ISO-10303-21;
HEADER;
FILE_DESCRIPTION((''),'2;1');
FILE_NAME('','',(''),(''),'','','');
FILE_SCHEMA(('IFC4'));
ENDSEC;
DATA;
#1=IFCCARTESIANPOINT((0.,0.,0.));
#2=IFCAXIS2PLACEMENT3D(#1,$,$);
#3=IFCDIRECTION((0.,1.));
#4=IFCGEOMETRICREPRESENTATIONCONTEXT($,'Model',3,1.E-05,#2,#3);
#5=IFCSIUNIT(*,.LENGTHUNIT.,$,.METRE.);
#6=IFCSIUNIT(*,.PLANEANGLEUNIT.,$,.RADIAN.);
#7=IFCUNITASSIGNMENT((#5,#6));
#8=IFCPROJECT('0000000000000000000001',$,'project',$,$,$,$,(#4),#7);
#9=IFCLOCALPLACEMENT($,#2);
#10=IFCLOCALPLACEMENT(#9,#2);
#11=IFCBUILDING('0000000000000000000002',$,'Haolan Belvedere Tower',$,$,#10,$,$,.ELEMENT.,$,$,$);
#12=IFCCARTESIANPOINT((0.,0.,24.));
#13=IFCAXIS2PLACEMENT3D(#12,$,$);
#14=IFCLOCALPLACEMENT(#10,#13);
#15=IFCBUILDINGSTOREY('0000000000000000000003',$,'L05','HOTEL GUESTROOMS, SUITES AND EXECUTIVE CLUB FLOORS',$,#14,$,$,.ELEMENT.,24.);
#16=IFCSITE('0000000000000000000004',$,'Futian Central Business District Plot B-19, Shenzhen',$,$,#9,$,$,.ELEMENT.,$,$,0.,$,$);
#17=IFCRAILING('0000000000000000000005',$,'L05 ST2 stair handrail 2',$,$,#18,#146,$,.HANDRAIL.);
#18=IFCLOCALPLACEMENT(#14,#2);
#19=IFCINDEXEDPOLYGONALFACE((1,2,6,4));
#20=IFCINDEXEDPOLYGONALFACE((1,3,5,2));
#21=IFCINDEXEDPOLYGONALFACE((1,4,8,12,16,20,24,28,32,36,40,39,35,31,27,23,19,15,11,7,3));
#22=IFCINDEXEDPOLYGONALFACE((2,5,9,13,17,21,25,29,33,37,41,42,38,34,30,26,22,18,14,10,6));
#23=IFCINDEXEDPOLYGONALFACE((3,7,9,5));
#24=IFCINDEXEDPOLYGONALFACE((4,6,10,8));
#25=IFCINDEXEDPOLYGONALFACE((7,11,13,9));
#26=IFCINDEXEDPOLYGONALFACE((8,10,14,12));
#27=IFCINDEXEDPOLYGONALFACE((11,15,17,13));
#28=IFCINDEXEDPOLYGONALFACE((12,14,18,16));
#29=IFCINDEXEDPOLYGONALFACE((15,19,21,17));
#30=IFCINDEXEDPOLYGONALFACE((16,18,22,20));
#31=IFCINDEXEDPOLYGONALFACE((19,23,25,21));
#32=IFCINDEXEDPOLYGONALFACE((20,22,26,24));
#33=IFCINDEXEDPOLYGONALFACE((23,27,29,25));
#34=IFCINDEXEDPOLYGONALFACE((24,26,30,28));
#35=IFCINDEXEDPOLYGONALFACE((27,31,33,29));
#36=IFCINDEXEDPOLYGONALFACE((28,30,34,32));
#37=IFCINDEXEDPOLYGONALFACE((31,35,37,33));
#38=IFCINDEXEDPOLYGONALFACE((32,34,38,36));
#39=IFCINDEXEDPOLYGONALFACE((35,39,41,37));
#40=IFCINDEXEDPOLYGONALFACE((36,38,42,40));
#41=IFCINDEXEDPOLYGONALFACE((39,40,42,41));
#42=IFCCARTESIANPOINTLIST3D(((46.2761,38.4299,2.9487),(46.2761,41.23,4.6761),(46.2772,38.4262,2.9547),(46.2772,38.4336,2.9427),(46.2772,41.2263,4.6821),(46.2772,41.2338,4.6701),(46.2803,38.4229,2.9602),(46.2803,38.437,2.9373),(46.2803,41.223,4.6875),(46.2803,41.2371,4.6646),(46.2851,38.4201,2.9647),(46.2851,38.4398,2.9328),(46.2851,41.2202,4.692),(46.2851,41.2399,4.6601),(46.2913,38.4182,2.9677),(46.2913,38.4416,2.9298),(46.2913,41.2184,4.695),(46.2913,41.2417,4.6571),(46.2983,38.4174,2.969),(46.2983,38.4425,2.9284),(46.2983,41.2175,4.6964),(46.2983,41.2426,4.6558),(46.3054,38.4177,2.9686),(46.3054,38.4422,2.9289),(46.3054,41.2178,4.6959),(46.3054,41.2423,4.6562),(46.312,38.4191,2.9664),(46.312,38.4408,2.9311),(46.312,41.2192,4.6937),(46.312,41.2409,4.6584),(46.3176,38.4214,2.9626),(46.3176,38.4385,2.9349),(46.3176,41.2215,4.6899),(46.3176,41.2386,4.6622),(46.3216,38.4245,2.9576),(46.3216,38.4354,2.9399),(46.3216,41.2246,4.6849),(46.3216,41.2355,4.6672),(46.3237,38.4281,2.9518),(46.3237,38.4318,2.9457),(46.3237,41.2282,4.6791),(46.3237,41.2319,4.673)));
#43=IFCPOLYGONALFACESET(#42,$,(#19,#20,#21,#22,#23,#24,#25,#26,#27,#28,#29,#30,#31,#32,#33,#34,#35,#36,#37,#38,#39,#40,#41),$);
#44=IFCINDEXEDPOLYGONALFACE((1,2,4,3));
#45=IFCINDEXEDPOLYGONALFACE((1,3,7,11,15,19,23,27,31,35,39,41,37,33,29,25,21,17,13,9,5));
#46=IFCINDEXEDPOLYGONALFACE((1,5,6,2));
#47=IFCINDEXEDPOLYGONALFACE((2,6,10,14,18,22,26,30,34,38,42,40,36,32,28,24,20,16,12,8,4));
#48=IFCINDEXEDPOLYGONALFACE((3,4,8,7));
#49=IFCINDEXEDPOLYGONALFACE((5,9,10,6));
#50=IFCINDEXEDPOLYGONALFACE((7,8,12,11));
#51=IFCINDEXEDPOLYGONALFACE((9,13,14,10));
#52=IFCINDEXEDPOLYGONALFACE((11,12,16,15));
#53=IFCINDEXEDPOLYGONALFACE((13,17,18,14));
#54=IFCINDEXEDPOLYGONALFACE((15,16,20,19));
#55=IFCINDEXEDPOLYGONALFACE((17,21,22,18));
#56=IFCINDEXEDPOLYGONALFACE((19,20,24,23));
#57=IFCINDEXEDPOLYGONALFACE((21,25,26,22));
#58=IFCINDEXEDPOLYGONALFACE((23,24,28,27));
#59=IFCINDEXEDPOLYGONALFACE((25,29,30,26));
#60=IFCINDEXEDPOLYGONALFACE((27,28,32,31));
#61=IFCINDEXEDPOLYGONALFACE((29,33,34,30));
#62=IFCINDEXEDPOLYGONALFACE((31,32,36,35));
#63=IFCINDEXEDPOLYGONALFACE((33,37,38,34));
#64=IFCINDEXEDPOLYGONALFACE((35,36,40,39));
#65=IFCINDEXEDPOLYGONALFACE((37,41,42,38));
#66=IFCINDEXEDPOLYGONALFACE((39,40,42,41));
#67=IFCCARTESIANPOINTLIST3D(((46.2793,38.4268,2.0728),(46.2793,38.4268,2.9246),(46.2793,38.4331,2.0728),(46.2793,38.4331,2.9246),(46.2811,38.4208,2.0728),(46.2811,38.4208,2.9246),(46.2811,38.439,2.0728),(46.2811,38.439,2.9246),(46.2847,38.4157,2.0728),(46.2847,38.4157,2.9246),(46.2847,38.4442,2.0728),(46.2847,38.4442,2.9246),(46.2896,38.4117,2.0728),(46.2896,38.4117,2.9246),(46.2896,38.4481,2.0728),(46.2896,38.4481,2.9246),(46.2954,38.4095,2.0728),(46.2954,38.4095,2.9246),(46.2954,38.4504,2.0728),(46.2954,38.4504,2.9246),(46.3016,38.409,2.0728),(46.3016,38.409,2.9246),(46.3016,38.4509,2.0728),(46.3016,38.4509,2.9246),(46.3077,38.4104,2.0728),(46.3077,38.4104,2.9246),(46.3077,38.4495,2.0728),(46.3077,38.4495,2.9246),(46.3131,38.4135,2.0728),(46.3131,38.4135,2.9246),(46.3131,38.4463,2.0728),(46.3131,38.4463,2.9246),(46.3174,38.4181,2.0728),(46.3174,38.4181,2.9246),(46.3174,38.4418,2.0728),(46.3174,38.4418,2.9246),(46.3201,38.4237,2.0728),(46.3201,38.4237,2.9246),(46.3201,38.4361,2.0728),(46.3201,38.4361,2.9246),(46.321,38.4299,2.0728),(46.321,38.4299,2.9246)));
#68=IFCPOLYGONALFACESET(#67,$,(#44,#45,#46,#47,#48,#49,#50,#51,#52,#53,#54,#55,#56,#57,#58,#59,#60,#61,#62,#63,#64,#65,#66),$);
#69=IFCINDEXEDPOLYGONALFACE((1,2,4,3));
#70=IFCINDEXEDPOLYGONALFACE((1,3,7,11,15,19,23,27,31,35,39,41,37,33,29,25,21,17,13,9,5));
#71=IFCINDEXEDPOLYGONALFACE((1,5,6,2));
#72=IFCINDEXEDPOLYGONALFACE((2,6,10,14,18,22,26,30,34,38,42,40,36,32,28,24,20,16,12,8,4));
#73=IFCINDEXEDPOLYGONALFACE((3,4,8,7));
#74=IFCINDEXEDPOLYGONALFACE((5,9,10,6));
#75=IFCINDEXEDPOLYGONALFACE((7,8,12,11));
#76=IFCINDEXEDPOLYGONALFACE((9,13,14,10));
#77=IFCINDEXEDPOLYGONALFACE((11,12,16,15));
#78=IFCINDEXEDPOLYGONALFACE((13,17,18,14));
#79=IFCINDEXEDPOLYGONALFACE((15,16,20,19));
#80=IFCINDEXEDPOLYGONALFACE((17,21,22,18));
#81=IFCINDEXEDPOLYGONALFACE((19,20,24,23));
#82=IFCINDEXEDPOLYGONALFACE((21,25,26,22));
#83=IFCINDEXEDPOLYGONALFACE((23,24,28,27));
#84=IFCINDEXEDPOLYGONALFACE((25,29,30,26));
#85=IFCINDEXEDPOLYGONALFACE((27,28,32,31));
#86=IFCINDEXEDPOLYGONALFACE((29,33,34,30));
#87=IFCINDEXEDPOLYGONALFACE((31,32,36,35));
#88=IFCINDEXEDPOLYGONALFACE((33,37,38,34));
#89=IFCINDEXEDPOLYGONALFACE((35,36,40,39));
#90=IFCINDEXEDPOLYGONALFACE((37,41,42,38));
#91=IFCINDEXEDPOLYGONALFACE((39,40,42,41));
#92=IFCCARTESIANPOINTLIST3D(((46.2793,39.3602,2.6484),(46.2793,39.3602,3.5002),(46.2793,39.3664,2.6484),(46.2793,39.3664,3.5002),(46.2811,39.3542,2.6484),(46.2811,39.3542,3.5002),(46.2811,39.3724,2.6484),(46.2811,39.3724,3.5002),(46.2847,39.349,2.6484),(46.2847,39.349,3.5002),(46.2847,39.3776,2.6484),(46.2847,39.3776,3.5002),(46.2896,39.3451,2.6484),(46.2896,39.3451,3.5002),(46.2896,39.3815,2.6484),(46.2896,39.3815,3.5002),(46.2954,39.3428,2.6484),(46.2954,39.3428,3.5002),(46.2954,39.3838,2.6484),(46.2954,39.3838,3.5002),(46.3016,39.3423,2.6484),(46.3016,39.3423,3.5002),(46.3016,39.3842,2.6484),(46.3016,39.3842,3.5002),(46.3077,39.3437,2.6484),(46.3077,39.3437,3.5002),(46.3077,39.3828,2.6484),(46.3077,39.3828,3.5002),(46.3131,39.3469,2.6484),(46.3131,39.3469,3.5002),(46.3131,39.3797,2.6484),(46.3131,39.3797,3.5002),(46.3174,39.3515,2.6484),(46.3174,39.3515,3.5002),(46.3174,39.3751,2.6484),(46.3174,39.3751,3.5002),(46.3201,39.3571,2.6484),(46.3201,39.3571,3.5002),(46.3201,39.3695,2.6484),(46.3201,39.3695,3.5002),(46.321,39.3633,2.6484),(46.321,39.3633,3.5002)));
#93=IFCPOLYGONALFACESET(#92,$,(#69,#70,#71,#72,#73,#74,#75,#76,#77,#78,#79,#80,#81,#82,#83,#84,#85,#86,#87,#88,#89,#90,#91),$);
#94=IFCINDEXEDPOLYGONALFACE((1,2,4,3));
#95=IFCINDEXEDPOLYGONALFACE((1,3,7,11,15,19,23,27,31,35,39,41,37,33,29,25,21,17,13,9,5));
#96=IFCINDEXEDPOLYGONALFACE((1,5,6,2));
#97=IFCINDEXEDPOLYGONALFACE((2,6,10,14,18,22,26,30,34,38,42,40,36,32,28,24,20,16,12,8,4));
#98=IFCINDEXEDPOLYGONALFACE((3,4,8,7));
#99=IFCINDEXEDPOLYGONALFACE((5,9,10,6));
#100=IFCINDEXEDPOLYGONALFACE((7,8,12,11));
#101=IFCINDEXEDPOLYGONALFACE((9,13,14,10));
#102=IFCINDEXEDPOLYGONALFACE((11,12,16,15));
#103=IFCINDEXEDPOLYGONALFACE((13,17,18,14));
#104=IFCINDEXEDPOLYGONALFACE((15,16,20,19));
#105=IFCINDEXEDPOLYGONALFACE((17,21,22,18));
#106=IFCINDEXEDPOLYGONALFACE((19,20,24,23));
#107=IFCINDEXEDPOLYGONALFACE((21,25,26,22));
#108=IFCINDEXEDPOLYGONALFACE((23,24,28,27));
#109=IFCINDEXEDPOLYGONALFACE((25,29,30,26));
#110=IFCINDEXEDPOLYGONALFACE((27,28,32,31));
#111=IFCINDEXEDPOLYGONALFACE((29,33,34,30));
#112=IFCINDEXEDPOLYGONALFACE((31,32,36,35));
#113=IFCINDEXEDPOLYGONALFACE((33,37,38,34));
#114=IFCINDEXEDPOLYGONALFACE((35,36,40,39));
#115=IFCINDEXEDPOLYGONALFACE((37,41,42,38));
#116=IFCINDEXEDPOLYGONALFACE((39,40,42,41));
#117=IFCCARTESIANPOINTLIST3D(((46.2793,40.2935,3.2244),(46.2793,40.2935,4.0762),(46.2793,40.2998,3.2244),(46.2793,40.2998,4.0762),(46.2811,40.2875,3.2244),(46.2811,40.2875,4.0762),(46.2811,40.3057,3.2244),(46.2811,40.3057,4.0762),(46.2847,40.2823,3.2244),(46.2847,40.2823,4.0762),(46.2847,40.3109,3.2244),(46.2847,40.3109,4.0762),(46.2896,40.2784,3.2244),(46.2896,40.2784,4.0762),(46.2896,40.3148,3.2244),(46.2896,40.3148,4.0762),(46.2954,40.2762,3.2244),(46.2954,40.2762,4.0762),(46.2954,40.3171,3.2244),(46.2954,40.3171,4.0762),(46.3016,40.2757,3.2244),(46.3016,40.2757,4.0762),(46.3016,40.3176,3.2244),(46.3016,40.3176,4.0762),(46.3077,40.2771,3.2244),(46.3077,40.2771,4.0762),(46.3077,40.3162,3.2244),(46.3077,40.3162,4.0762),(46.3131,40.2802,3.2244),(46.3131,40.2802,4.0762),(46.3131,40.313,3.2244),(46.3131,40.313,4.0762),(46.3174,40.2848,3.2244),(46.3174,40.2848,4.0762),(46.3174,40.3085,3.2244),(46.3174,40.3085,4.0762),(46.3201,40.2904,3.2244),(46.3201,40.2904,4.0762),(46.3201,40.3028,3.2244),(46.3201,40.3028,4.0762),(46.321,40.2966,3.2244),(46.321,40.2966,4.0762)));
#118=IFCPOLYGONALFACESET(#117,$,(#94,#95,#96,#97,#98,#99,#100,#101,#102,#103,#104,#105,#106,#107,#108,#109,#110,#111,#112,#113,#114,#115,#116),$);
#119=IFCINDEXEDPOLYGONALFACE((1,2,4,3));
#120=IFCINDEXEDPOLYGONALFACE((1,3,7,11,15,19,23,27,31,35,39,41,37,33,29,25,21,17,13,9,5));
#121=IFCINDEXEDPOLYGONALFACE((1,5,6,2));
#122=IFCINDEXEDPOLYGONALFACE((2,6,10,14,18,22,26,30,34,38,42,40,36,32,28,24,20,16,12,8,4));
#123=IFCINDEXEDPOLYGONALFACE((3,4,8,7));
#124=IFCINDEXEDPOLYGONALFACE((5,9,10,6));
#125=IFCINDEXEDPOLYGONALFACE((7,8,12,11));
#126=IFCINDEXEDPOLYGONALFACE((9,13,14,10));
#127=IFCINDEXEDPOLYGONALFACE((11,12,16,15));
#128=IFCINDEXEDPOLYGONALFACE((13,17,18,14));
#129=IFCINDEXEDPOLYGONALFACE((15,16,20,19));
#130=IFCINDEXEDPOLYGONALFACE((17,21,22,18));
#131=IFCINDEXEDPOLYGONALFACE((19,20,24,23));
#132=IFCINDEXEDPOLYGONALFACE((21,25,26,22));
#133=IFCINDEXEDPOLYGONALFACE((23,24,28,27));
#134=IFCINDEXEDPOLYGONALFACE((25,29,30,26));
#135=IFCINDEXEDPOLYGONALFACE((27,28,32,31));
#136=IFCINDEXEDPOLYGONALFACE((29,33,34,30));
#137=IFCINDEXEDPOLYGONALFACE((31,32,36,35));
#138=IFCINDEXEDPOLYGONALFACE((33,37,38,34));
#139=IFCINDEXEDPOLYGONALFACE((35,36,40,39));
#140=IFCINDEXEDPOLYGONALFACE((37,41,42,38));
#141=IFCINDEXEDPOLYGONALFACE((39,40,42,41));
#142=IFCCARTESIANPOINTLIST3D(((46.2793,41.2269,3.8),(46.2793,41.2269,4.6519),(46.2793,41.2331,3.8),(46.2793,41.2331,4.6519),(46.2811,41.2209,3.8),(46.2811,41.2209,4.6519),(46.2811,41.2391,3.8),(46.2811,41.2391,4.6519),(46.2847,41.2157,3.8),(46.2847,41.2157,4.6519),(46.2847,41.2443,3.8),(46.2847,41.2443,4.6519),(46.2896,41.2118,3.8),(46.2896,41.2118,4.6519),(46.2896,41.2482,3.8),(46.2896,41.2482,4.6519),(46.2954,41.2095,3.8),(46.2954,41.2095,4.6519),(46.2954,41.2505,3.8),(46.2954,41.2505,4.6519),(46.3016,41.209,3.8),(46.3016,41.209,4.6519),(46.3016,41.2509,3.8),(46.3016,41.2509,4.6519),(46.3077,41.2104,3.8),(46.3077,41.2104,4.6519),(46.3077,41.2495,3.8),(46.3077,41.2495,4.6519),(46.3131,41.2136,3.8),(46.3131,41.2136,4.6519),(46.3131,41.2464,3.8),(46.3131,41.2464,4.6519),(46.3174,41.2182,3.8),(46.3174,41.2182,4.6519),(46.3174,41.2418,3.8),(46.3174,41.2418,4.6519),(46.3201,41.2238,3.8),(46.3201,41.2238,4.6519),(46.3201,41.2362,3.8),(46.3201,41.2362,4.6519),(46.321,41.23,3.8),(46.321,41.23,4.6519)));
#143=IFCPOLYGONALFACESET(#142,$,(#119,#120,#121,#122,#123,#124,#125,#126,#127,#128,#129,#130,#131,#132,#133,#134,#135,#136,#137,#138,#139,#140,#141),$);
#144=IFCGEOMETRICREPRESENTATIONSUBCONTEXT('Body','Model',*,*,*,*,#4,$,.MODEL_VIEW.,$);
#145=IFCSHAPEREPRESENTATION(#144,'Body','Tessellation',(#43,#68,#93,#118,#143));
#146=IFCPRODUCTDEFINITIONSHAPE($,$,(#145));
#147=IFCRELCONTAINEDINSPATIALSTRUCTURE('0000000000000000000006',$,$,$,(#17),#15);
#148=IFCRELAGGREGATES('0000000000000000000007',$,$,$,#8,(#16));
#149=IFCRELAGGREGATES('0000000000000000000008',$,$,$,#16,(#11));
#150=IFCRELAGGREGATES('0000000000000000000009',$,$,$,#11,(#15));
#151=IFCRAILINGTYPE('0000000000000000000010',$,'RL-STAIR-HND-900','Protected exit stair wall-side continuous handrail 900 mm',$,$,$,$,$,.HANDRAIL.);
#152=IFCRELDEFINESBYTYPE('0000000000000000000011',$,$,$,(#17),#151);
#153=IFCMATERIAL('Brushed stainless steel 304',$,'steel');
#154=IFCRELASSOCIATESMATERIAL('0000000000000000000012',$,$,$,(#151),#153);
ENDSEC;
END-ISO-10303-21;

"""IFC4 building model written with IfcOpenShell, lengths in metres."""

from ifc_helpers import new_model, si_unit, direction, frame, origin, origin_2d, place, context, subcontext, project, spatial, circle, extrude, material, type_object, element, save


model = new_model("IFC4")

# Units and contexts
model_context = context("Model", 3, precision=1e-05, world=origin(), true_north=direction((0.0, 1.0)))
body_context = subcontext(model_context, "Body", "Model", "MODEL_VIEW")
ifc_project = project(units=[si_unit("LENGTHUNIT", "METRE"), si_unit("PLANEANGLEUNIT", "RADIAN")], contexts=[model_context])

# Site, building, storey
site_placement = place(None, origin())
site = spatial("IfcSite", under=ifc_project, at=site_placement, Name="Futian Central Business District Plot B-19, Shenzhen", CompositionType="ELEMENT", RefElevation=0.0)
building_placement = place(site_placement, origin())
building = spatial("IfcBuilding", under=site, at=building_placement, Name="Haolan Belvedere Tower", CompositionType="ELEMENT")
storey_placement = place(building_placement, frame((0.0, 0.0, 24.0)))
storey = spatial("IfcBuildingStorey", under=building, at=storey_placement, Name="L05", Description="HOTEL GUESTROOMS, SUITES AND EXECUTIVE CLUB FLOORS", CompositionType="ELEMENT", Elevation=24.0)

# Railing
ifc_material_1 = material(Name="Brushed stainless steel 304", Category="steel")
railing_type = type_object("IfcRailingType", Name="RL-STAIR-HND-900", Description="Protected exit stair wall-side continuous handrail 900 mm", PredefinedType="HANDRAIL", material=ifc_material_1)
railing_placement = place(storey_placement, frame((46.3, 38.4299, 2.0728)))
element("IfcRailing", 1, at=railing_placement, inside=storey, type_object=railing_type, Name="L05 ST2 stair handrail 2", PredefinedType="HANDRAIL", context=body_context, shape_type="SweptSolid", body=[
    extrude(circle(Radius=0.0239, at=origin_2d()), frame((0.0, 0.0, 0.876), z_axis=(0.0, 0.85109, 0.52502), x_axis=(-1.0, 0.0, 0.0)), (0.0, 0.0, 1.0), 3.29),
    extrude(circle(Radius=0.021, at=origin_2d()), origin(), (0.0, 0.0, 1.0), 0.8518),
    extrude(circle(Radius=0.021, at=origin_2d()), frame((0.0, 0.9333, 0.5757)), (0.0, 0.0, 1.0), 0.8518),
    extrude(circle(Radius=0.021, at=origin_2d()), frame((0.0, 1.8667, 1.1516)), (0.0, 0.0, 1.0), 0.8518),
    extrude(circle(Radius=0.021, at=origin_2d()), frame((0.0, 2.8, 1.7273)), (0.0, 0.0, 1.0), 0.8518),
])

save(model, "model.ifc")
